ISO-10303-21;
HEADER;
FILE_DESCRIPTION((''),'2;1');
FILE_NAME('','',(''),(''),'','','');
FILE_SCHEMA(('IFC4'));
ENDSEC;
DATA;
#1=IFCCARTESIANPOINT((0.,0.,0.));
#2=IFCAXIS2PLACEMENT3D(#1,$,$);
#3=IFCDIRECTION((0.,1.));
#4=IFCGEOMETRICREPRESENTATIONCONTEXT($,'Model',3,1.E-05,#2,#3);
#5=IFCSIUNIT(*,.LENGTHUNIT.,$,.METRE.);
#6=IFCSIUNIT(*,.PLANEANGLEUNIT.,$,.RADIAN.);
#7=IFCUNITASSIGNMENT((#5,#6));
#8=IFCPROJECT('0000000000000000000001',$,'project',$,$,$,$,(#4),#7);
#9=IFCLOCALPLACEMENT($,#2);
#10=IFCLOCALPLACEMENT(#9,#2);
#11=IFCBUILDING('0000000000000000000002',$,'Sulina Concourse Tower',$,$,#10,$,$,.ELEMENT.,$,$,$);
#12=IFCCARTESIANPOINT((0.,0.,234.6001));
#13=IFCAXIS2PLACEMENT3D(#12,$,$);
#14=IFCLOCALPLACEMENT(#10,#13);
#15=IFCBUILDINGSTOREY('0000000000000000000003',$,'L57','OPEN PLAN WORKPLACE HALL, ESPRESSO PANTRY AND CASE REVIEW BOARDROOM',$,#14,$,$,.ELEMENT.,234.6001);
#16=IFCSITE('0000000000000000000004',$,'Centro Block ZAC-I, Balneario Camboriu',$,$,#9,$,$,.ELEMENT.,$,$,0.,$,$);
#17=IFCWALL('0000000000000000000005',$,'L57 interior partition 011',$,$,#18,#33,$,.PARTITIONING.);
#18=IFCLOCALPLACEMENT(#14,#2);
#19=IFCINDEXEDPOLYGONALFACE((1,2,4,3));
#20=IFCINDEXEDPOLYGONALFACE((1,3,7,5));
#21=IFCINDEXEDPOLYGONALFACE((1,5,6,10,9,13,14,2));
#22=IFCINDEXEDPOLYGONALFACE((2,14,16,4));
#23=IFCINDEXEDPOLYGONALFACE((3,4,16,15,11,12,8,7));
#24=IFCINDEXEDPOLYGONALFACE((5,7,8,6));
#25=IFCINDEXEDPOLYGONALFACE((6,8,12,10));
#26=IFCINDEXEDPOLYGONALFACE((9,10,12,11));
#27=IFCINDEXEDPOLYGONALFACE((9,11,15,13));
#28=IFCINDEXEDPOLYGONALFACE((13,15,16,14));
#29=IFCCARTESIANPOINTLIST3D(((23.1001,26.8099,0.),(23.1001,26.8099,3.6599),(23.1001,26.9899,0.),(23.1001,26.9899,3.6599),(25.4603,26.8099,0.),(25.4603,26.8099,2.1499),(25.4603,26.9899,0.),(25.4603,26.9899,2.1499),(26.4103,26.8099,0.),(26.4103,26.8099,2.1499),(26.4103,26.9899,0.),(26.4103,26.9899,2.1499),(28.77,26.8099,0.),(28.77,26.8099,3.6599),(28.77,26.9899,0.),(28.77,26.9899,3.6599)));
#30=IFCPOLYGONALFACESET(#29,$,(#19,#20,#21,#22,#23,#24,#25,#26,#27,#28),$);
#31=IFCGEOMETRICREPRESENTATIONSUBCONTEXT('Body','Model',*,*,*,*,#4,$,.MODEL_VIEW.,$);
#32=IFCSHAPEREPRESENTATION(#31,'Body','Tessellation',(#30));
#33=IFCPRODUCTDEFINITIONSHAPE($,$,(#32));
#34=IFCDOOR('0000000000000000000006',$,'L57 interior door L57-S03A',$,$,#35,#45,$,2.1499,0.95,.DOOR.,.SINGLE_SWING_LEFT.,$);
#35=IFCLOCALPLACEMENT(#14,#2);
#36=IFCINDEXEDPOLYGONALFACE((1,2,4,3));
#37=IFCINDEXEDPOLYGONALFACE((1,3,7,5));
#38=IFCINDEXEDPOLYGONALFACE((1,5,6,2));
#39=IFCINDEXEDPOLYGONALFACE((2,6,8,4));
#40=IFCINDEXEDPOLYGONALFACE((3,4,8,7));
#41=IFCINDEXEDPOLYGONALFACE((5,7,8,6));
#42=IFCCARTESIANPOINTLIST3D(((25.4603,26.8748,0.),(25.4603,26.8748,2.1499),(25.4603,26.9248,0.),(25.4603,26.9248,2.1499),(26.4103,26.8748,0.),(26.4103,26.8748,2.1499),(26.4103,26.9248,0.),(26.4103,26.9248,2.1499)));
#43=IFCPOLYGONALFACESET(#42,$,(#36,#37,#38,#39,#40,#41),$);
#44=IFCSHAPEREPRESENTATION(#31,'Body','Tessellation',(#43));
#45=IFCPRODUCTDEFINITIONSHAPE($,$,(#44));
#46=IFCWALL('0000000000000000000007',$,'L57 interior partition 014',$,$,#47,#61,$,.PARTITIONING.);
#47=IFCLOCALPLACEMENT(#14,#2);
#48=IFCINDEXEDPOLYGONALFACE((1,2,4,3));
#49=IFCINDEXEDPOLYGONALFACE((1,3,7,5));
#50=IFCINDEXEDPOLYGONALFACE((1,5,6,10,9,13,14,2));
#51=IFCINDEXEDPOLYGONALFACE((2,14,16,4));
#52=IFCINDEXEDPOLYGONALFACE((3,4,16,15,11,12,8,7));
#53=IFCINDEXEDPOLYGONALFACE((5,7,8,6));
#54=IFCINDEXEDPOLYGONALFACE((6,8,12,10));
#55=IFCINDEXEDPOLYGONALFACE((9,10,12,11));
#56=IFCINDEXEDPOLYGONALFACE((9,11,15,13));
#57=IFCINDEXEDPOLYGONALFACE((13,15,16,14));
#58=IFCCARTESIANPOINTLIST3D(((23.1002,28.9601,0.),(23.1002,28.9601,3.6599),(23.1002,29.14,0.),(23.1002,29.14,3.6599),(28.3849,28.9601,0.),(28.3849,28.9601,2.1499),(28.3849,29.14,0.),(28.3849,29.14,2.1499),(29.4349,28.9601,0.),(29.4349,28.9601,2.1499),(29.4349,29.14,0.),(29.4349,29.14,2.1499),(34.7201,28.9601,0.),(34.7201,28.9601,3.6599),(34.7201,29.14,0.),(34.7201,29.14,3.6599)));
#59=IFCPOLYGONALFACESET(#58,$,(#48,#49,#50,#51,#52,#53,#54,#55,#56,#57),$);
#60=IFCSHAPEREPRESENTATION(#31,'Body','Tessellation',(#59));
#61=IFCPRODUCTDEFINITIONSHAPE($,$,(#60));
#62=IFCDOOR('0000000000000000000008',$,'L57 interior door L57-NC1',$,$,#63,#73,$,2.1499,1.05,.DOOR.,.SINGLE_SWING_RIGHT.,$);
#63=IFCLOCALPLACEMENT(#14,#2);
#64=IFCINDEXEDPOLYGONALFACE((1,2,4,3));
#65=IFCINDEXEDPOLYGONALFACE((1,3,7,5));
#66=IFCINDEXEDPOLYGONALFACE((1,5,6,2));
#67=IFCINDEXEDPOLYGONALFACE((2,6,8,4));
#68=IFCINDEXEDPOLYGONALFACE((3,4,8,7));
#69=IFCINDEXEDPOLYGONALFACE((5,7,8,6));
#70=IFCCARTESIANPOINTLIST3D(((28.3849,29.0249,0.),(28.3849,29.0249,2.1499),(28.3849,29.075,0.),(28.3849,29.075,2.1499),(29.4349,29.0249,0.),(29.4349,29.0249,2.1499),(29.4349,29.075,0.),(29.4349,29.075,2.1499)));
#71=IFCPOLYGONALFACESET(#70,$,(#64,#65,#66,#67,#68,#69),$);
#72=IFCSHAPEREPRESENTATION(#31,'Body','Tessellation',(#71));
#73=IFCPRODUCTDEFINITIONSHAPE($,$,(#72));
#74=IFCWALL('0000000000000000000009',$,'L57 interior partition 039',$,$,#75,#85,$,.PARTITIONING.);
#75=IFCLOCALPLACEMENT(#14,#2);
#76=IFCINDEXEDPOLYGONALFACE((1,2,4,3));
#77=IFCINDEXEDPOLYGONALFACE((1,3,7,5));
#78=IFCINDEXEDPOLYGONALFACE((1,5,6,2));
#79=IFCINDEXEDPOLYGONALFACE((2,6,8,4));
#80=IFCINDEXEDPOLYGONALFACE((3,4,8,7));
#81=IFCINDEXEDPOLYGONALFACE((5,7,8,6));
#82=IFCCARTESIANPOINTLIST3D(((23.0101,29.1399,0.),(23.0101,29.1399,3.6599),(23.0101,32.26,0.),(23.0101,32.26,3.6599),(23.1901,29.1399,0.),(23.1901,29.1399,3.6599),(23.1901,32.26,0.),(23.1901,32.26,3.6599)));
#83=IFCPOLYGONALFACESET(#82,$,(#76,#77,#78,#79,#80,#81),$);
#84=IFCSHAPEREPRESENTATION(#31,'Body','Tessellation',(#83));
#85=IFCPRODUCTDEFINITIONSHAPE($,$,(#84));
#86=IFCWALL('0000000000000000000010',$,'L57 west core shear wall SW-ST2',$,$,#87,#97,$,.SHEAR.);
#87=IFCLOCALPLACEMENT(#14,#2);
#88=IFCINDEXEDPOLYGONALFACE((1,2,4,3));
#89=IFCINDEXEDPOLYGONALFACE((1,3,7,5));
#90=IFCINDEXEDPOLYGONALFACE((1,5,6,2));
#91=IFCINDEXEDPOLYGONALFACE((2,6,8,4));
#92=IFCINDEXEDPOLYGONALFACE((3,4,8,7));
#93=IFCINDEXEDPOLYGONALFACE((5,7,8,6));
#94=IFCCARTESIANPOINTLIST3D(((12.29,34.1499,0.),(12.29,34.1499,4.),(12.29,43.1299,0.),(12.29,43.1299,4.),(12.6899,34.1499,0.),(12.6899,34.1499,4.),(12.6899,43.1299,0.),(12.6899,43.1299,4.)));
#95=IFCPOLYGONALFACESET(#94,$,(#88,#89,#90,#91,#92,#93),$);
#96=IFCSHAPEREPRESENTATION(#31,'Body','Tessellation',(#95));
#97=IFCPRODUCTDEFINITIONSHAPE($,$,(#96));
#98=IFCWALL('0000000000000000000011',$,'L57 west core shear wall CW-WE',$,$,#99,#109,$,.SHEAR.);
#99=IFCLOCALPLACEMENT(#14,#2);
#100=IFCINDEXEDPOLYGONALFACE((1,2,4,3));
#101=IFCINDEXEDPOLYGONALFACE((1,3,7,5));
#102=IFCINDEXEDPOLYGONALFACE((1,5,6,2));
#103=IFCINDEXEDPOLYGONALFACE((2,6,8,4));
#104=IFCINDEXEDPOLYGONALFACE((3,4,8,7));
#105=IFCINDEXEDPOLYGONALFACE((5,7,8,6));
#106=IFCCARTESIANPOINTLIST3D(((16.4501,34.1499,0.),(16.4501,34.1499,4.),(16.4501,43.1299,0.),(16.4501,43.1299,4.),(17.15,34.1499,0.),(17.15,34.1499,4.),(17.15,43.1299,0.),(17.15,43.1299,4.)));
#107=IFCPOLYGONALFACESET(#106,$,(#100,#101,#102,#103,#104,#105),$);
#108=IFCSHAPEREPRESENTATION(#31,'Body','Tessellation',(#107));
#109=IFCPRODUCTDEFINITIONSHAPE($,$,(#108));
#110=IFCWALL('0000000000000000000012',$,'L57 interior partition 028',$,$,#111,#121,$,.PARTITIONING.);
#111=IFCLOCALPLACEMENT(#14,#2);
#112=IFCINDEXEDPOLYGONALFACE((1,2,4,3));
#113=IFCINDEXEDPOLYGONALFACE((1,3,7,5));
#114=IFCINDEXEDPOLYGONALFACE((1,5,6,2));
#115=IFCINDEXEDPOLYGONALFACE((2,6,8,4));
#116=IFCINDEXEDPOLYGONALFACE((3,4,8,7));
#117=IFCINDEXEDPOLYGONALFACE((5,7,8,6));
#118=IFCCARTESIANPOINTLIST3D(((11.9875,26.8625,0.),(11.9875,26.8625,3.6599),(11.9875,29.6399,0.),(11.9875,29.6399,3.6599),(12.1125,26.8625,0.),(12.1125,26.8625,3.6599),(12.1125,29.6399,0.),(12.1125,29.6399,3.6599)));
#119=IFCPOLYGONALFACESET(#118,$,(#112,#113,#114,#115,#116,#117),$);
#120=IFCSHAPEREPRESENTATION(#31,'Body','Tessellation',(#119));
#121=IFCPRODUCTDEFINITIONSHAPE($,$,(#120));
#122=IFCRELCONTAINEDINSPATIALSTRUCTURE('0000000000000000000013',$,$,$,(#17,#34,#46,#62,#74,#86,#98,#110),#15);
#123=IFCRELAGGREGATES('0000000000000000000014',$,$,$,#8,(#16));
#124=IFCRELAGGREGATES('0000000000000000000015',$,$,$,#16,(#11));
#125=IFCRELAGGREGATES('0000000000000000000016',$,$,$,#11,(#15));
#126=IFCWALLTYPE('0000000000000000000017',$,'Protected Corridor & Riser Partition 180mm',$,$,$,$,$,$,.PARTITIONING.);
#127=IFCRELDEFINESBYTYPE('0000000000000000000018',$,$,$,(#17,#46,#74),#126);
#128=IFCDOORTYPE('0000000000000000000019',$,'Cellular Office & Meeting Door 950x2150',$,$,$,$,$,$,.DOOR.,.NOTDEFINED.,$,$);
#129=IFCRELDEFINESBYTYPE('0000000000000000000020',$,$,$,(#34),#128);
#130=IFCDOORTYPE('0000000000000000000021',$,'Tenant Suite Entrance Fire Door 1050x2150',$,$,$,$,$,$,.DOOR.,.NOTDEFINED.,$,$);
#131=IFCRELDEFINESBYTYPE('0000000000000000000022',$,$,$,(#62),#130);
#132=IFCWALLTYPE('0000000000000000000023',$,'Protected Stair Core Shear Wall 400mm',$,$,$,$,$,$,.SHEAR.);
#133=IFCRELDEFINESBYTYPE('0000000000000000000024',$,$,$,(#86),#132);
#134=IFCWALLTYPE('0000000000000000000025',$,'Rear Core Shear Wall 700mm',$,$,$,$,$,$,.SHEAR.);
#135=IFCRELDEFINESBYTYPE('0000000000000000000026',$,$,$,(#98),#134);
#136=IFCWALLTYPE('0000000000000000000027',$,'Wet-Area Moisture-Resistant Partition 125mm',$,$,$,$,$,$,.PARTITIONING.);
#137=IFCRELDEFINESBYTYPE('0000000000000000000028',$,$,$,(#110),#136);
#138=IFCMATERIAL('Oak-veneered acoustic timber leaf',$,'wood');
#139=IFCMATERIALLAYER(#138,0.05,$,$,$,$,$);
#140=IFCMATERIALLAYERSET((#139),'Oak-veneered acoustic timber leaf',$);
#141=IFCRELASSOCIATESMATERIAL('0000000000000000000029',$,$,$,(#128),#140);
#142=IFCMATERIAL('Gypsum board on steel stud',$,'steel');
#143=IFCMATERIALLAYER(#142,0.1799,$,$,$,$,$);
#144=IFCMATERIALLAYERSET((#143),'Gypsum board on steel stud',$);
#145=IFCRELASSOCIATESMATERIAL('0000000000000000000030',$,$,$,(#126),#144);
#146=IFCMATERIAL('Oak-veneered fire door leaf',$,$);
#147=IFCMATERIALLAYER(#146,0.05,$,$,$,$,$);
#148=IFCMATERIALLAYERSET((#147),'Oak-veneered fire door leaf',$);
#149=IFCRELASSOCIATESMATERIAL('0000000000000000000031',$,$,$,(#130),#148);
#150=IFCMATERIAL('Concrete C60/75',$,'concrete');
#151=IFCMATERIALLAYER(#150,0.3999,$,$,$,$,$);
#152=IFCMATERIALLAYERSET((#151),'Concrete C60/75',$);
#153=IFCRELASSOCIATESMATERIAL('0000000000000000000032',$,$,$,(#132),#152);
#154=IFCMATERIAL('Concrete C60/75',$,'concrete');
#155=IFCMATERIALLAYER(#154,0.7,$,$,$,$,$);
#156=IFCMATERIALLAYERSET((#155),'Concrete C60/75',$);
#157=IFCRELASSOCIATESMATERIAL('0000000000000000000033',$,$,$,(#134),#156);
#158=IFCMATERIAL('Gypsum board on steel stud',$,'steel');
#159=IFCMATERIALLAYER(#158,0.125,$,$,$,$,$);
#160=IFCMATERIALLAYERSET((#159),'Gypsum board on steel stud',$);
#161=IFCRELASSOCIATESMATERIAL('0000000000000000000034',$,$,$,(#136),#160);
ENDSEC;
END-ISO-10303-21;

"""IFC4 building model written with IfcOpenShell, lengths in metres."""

from ifc_helpers import new_model, si_unit, direction, frame, frame_2d, origin, place, context, subcontext, project, spatial, rectangle, extrude, material, layer, layer_set, type_object, element, fill, save


model = new_model("IFC4")

# Units and contexts
model_context = context("Model", 3, precision=1e-05, world=origin(), true_north=direction((0.0, 1.0)))
body_context = subcontext(model_context, "Body", "Model", "MODEL_VIEW")
ifc_project = project(units=[si_unit("LENGTHUNIT", "METRE"), si_unit("PLANEANGLEUNIT", "RADIAN")], contexts=[model_context])

# Site, building, storey
site_placement = place(None, origin())
site = spatial("IfcSite", under=ifc_project, at=site_placement, Name="Centro Block ZAC-I, Balneario Camboriu", CompositionType="ELEMENT", RefElevation=0.0)
building_placement = place(site_placement, origin())
building = spatial("IfcBuilding", under=site, at=building_placement, Name="Sulina Concourse Tower", CompositionType="ELEMENT")
storey_placement = place(building_placement, frame((0.0, 0.0, 234.6001)))
storey = spatial("IfcBuildingStorey", under=building, at=storey_placement, Name="L57", Description="OPEN PLAN WORKPLACE HALL, ESPRESSO PANTRY AND CASE REVIEW BOARDROOM", CompositionType="ELEMENT", Elevation=234.6001)

# Shared definitions
ifc_material_1 = material(Name="Oak-veneered acoustic timber leaf", Category="wood")
ifc_layer_1 = layer(ifc_material_1, 0.05)
ifc_layer_set_1 = layer_set([ifc_layer_1], Name="Oak-veneered acoustic timber leaf")
door_type_1 = type_object("IfcDoorType", Name="Cellular Office & Meeting Door 950x2150", OperationType="NOTDEFINED", PredefinedType="DOOR", material=ifc_layer_set_1)

# Walls, openings, doors
ifc_material_2 = material(Name="Gypsum board on steel stud", Category="steel")
ifc_layer_2 = layer(ifc_material_2, 0.1799)
ifc_layer_set_2 = layer_set([ifc_layer_2], Name="Gypsum board on steel stud")
wall_type_1 = type_object("IfcWallType", Name="Protected Corridor & Riser Partition 180mm", PredefinedType="PARTITIONING", material=ifc_layer_set_2)
wall_1_placement = place(storey_placement, frame((23.1001, 26.8999, 0.0), z_axis=(0.0, 0.0, 1.0), x_axis=(1.0, 0.0, 0.0)))
wall_1 = element("IfcWall", 1, at=wall_1_placement, inside=storey, type_object=wall_type_1, Name="L57 interior partition 011", PredefinedType="PARTITIONING", context=body_context, shape_type="SweptSolid", body=[
    extrude(rectangle(XDim=5.6699, YDim=0.1799, at=frame_2d((2.835, 0.0))), origin(), (0.0, 0.0, 1.0), 3.6599),
])
opening_1_placement = place(wall_1_placement, frame((2.3601, 0.0, 0.0)))
opening_1 = element("IfcOpeningElement", 2, at=opening_1_placement, cuts=wall_1, PredefinedType="OPENING", context=body_context, shape_type="SweptSolid", body=[
    extrude(rectangle(XDim=0.95, YDim=2.1499, at=frame_2d((0.4751, 1.075))), frame((0.0, 0.0999, 0.0), z_axis=(0.0, -1.0, 0.0), x_axis=(1.0, 0.0, 0.0)), (0.0, 0.0, 1.0), 0.2),
])
door_1_placement = place(opening_1_placement, origin())
door_1 = element("IfcDoor", 3, at=door_1_placement, inside=storey, type_object=door_type_1, Name="L57 interior door L57-S03A", OperationType="SINGLE_SWING_LEFT", OverallHeight=2.1499, OverallWidth=0.95, PredefinedType="DOOR", context=body_context, shape_type="SweptSolid", body=[
    extrude(rectangle(XDim=0.95, YDim=2.1499, at=frame_2d((0.4751, 1.075))), frame((0.0, 0.0249, 0.0), z_axis=(0.0, -1.0, 0.0), x_axis=(1.0, 0.0, 0.0)), (0.0, 0.0, 1.0), 0.05),
])
fill(opening_1, door_1)
wall_2_placement = place(storey_placement, frame((23.1001, 29.05, 0.0), z_axis=(0.0, 0.0, 1.0), x_axis=(1.0, 0.0, 0.0)))
wall_2 = element("IfcWall", 4, at=wall_2_placement, inside=storey, type_object=wall_type_1, Name="L57 interior partition 014", PredefinedType="PARTITIONING", context=body_context, shape_type="SweptSolid", body=[
    extrude(rectangle(XDim=11.6199, YDim=0.1799, at=frame_2d((5.8101, 0.0))), origin(), (0.0, 0.0, 1.0), 3.6599),
])
opening_2_placement = place(wall_2_placement, frame((5.2849, 0.0, 0.0)))
opening_2 = element("IfcOpeningElement", 5, at=opening_2_placement, cuts=wall_2, PredefinedType="OPENING", context=body_context, shape_type="SweptSolid", body=[
    extrude(rectangle(XDim=1.05, YDim=2.1499, at=frame_2d((0.5249, 1.075))), frame((0.0, 0.0999, 0.0), z_axis=(0.0, -1.0, 0.0), x_axis=(1.0, 0.0, 0.0)), (0.0, 0.0, 1.0), 0.2),
])
ifc_material_3 = material(Name="Oak-veneered fire door leaf")
ifc_layer_3 = layer(ifc_material_3, 0.05)
ifc_layer_set_3 = layer_set([ifc_layer_3], Name="Oak-veneered fire door leaf")
door_type_2 = type_object("IfcDoorType", Name="Tenant Suite Entrance Fire Door 1050x2150", OperationType="NOTDEFINED", PredefinedType="DOOR", material=ifc_layer_set_3)
door_2_placement = place(opening_2_placement, origin())
door_2 = element("IfcDoor", 6, at=door_2_placement, inside=storey, type_object=door_type_2, Name="L57 interior door L57-NC1", OperationType="SINGLE_SWING_RIGHT", OverallHeight=2.1499, OverallWidth=1.05, PredefinedType="DOOR", context=body_context, shape_type="SweptSolid", body=[
    extrude(rectangle(XDim=1.05, YDim=2.1499, at=frame_2d((0.5249, 1.075))), frame((0.0, 0.0249, 0.0), z_axis=(0.0, -1.0, 0.0), x_axis=(1.0, 0.0, 0.0)), (0.0, 0.0, 1.0), 0.05),
])
fill(opening_2, door_2)

# Walls
wall_3_placement = place(storey_placement, frame((23.1001, 29.1399, 0.0), z_axis=(0.0, 0.0, 1.0), x_axis=(0.0, 1.0, 0.0)))
element("IfcWall", 7, at=wall_3_placement, inside=storey, type_object=wall_type_1, Name="L57 interior partition 039", PredefinedType="PARTITIONING", context=body_context, shape_type="SweptSolid", body=[
    extrude(rectangle(XDim=3.1201, YDim=0.1799, at=frame_2d((1.5601, 0.0))), origin(), (0.0, 0.0, 1.0), 3.6599),
])
ifc_material_4 = material(Name="Concrete C60/75", Category="concrete")
ifc_layer_4 = layer(ifc_material_4, 0.3999)
ifc_layer_set_4 = layer_set([ifc_layer_4], Name="Concrete C60/75")
wall_type_2 = type_object("IfcWallType", Name="Protected Stair Core Shear Wall 400mm", PredefinedType="SHEAR", material=ifc_layer_set_4)
wall_4_placement = place(storey_placement, frame((12.49, 34.1499, 0.0), z_axis=(0.0, 0.0, 1.0), x_axis=(0.0, 1.0, 0.0)))
element("IfcWall", 8, at=wall_4_placement, inside=storey, type_object=wall_type_2, Name="L57 west core shear wall SW-ST2", PredefinedType="SHEAR", context=body_context, shape_type="SweptSolid", body=[
    extrude(rectangle(XDim=8.98, YDim=0.3999, at=frame_2d((4.49, 0.0))), origin(), (0.0, 0.0, 1.0), 4.0),
])
ifc_material_5 = material(Name="Concrete C60/75", Category="concrete")
ifc_layer_5 = layer(ifc_material_5, 0.7)
ifc_layer_set_5 = layer_set([ifc_layer_5], Name="Concrete C60/75")
wall_type_3 = type_object("IfcWallType", Name="Rear Core Shear Wall 700mm", PredefinedType="SHEAR", material=ifc_layer_set_5)
wall_5_placement = place(storey_placement, frame((16.8, 34.1499, 0.0), z_axis=(0.0, 0.0, 1.0), x_axis=(0.0, 1.0, 0.0)))
element("IfcWall", 9, at=wall_5_placement, inside=storey, type_object=wall_type_3, Name="L57 west core shear wall CW-WE", PredefinedType="SHEAR", context=body_context, shape_type="SweptSolid", body=[
    extrude(rectangle(XDim=8.98, YDim=0.7, at=frame_2d((4.49, 0.0))), origin(), (0.0, 0.0, 1.0), 4.0),
])
ifc_material_6 = material(Name="Gypsum board on steel stud", Category="steel")
ifc_layer_6 = layer(ifc_material_6, 0.125)
ifc_layer_set_6 = layer_set([ifc_layer_6], Name="Gypsum board on steel stud")
wall_type_4 = type_object("IfcWallType", Name="Wet-Area Moisture-Resistant Partition 125mm", PredefinedType="PARTITIONING", material=ifc_layer_set_6)
wall_6_placement = place(storey_placement, frame((12.05, 26.8625, 0.0), z_axis=(0.0, 0.0, 1.0), x_axis=(0.0, 1.0, 0.0)))
element("IfcWall", 10, at=wall_6_placement, inside=storey, type_object=wall_type_4, Name="L57 interior partition 028", PredefinedType="PARTITIONING", context=body_context, shape_type="SweptSolid", body=[
    extrude(rectangle(XDim=2.7773, YDim=0.125, at=frame_2d((1.3887, 0.0))), origin(), (0.0, 0.0, 1.0), 3.6599),
])

save(model, "model.ifc")
